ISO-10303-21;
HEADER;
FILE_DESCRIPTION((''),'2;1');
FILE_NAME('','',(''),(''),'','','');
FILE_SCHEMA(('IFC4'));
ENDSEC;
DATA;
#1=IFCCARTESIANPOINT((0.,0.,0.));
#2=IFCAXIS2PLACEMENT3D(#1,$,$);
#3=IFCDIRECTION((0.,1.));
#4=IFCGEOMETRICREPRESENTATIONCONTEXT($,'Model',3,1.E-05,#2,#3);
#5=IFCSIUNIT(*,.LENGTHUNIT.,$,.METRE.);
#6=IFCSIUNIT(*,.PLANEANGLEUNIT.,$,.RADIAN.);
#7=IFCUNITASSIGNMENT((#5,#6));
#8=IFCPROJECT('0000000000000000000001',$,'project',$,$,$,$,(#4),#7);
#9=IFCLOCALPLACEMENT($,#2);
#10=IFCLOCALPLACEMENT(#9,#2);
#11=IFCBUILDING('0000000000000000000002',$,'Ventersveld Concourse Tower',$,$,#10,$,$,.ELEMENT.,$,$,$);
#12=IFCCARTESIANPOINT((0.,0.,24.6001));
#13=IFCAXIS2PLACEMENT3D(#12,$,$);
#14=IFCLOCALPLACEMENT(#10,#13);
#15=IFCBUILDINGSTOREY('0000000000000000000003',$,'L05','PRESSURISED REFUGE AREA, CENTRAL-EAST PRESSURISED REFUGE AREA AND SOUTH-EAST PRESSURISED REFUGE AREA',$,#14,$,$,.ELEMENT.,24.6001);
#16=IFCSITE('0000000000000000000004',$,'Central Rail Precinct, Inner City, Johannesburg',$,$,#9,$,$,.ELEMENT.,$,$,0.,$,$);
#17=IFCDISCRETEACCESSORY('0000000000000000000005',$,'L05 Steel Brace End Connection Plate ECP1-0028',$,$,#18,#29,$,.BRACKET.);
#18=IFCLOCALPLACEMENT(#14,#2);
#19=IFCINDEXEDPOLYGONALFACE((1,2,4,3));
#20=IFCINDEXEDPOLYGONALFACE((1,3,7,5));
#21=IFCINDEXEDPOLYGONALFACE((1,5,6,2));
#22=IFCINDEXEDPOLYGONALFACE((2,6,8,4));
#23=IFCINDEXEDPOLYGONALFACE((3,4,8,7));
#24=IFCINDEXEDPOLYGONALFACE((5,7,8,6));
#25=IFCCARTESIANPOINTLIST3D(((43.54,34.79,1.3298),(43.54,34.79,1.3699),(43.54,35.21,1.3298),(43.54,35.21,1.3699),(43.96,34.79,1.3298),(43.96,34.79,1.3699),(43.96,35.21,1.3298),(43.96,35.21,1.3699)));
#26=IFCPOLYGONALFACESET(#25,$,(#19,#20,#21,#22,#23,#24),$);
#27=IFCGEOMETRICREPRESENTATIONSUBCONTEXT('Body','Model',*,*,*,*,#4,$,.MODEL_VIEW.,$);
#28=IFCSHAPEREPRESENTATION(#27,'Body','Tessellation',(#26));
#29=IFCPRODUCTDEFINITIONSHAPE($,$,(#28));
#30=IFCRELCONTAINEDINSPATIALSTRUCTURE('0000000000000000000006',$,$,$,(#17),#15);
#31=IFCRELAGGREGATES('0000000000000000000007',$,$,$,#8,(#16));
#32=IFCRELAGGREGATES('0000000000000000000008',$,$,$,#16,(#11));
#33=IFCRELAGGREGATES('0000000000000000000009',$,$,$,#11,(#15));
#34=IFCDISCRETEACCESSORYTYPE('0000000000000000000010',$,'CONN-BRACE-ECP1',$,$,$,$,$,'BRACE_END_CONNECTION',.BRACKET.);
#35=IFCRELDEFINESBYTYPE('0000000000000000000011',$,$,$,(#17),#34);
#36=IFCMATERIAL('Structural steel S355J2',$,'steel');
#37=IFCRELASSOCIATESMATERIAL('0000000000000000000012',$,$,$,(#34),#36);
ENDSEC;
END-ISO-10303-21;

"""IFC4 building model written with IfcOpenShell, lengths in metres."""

from ifc_helpers import new_model, si_unit, direction, frame, origin, origin_2d, place, context, subcontext, project, spatial, rectangle, extrude, material, type_object, element, save


model = new_model("IFC4")

# Units and contexts
model_context = context("Model", 3, precision=1e-05, world=origin(), true_north=direction((0.0, 1.0)))
body_context = subcontext(model_context, "Body", "Model", "MODEL_VIEW")
ifc_project = project(units=[si_unit("LENGTHUNIT", "METRE"), si_unit("PLANEANGLEUNIT", "RADIAN")], contexts=[model_context])

# Site, building, storey
site_placement = place(None, origin())
site = spatial("IfcSite", under=ifc_project, at=site_placement, Name="Central Rail Precinct, Inner City, Johannesburg", CompositionType="ELEMENT", RefElevation=0.0)
building_placement = place(site_placement, origin())
building = spatial("IfcBuilding", under=site, at=building_placement, Name="Ventersveld Concourse Tower", CompositionType="ELEMENT")
storey_placement = place(building_placement, frame((0.0, 0.0, 24.6001)))
storey = spatial("IfcBuildingStorey", under=building, at=storey_placement, Name="L05", Description="PRESSURISED REFUGE AREA, CENTRAL-EAST PRESSURISED REFUGE AREA AND SOUTH-EAST PRESSURISED REFUGE AREA", CompositionType="ELEMENT", Elevation=24.6001)

# Shared definitions
ifc_material_1 = material(Name="Structural steel S355J2", Category="steel")

# Discrete accessory
discrete_accessory_type = type_object("IfcDiscreteAccessoryType", Name="CONN-BRACE-ECP1", ElementType="BRACE_END_CONNECTION", PredefinedType="BRACKET", material=ifc_material_1)
for number, where, z_axis, x_axis, name in (
    (1, (43.75, 35.0, 1.3298), (0.0, 0.0, 1.0), (1.0, 0.0, 0.0), "L05 Steel Brace End Connection Plate ECP1-0028"),
):
    element("IfcDiscreteAccessory", number, at=place(storey_placement, frame(where, z_axis=z_axis, x_axis=x_axis)), inside=storey, type_object=discrete_accessory_type, Name=name, PredefinedType="BRACKET", context=body_context, shape_type="SweptSolid", body=[
        extrude(rectangle(XDim=0.4199, YDim=0.4199, at=origin_2d()), origin(), (0.0, 0.0, 1.0), 0.04),
    ])

save(model, "model.ifc")
